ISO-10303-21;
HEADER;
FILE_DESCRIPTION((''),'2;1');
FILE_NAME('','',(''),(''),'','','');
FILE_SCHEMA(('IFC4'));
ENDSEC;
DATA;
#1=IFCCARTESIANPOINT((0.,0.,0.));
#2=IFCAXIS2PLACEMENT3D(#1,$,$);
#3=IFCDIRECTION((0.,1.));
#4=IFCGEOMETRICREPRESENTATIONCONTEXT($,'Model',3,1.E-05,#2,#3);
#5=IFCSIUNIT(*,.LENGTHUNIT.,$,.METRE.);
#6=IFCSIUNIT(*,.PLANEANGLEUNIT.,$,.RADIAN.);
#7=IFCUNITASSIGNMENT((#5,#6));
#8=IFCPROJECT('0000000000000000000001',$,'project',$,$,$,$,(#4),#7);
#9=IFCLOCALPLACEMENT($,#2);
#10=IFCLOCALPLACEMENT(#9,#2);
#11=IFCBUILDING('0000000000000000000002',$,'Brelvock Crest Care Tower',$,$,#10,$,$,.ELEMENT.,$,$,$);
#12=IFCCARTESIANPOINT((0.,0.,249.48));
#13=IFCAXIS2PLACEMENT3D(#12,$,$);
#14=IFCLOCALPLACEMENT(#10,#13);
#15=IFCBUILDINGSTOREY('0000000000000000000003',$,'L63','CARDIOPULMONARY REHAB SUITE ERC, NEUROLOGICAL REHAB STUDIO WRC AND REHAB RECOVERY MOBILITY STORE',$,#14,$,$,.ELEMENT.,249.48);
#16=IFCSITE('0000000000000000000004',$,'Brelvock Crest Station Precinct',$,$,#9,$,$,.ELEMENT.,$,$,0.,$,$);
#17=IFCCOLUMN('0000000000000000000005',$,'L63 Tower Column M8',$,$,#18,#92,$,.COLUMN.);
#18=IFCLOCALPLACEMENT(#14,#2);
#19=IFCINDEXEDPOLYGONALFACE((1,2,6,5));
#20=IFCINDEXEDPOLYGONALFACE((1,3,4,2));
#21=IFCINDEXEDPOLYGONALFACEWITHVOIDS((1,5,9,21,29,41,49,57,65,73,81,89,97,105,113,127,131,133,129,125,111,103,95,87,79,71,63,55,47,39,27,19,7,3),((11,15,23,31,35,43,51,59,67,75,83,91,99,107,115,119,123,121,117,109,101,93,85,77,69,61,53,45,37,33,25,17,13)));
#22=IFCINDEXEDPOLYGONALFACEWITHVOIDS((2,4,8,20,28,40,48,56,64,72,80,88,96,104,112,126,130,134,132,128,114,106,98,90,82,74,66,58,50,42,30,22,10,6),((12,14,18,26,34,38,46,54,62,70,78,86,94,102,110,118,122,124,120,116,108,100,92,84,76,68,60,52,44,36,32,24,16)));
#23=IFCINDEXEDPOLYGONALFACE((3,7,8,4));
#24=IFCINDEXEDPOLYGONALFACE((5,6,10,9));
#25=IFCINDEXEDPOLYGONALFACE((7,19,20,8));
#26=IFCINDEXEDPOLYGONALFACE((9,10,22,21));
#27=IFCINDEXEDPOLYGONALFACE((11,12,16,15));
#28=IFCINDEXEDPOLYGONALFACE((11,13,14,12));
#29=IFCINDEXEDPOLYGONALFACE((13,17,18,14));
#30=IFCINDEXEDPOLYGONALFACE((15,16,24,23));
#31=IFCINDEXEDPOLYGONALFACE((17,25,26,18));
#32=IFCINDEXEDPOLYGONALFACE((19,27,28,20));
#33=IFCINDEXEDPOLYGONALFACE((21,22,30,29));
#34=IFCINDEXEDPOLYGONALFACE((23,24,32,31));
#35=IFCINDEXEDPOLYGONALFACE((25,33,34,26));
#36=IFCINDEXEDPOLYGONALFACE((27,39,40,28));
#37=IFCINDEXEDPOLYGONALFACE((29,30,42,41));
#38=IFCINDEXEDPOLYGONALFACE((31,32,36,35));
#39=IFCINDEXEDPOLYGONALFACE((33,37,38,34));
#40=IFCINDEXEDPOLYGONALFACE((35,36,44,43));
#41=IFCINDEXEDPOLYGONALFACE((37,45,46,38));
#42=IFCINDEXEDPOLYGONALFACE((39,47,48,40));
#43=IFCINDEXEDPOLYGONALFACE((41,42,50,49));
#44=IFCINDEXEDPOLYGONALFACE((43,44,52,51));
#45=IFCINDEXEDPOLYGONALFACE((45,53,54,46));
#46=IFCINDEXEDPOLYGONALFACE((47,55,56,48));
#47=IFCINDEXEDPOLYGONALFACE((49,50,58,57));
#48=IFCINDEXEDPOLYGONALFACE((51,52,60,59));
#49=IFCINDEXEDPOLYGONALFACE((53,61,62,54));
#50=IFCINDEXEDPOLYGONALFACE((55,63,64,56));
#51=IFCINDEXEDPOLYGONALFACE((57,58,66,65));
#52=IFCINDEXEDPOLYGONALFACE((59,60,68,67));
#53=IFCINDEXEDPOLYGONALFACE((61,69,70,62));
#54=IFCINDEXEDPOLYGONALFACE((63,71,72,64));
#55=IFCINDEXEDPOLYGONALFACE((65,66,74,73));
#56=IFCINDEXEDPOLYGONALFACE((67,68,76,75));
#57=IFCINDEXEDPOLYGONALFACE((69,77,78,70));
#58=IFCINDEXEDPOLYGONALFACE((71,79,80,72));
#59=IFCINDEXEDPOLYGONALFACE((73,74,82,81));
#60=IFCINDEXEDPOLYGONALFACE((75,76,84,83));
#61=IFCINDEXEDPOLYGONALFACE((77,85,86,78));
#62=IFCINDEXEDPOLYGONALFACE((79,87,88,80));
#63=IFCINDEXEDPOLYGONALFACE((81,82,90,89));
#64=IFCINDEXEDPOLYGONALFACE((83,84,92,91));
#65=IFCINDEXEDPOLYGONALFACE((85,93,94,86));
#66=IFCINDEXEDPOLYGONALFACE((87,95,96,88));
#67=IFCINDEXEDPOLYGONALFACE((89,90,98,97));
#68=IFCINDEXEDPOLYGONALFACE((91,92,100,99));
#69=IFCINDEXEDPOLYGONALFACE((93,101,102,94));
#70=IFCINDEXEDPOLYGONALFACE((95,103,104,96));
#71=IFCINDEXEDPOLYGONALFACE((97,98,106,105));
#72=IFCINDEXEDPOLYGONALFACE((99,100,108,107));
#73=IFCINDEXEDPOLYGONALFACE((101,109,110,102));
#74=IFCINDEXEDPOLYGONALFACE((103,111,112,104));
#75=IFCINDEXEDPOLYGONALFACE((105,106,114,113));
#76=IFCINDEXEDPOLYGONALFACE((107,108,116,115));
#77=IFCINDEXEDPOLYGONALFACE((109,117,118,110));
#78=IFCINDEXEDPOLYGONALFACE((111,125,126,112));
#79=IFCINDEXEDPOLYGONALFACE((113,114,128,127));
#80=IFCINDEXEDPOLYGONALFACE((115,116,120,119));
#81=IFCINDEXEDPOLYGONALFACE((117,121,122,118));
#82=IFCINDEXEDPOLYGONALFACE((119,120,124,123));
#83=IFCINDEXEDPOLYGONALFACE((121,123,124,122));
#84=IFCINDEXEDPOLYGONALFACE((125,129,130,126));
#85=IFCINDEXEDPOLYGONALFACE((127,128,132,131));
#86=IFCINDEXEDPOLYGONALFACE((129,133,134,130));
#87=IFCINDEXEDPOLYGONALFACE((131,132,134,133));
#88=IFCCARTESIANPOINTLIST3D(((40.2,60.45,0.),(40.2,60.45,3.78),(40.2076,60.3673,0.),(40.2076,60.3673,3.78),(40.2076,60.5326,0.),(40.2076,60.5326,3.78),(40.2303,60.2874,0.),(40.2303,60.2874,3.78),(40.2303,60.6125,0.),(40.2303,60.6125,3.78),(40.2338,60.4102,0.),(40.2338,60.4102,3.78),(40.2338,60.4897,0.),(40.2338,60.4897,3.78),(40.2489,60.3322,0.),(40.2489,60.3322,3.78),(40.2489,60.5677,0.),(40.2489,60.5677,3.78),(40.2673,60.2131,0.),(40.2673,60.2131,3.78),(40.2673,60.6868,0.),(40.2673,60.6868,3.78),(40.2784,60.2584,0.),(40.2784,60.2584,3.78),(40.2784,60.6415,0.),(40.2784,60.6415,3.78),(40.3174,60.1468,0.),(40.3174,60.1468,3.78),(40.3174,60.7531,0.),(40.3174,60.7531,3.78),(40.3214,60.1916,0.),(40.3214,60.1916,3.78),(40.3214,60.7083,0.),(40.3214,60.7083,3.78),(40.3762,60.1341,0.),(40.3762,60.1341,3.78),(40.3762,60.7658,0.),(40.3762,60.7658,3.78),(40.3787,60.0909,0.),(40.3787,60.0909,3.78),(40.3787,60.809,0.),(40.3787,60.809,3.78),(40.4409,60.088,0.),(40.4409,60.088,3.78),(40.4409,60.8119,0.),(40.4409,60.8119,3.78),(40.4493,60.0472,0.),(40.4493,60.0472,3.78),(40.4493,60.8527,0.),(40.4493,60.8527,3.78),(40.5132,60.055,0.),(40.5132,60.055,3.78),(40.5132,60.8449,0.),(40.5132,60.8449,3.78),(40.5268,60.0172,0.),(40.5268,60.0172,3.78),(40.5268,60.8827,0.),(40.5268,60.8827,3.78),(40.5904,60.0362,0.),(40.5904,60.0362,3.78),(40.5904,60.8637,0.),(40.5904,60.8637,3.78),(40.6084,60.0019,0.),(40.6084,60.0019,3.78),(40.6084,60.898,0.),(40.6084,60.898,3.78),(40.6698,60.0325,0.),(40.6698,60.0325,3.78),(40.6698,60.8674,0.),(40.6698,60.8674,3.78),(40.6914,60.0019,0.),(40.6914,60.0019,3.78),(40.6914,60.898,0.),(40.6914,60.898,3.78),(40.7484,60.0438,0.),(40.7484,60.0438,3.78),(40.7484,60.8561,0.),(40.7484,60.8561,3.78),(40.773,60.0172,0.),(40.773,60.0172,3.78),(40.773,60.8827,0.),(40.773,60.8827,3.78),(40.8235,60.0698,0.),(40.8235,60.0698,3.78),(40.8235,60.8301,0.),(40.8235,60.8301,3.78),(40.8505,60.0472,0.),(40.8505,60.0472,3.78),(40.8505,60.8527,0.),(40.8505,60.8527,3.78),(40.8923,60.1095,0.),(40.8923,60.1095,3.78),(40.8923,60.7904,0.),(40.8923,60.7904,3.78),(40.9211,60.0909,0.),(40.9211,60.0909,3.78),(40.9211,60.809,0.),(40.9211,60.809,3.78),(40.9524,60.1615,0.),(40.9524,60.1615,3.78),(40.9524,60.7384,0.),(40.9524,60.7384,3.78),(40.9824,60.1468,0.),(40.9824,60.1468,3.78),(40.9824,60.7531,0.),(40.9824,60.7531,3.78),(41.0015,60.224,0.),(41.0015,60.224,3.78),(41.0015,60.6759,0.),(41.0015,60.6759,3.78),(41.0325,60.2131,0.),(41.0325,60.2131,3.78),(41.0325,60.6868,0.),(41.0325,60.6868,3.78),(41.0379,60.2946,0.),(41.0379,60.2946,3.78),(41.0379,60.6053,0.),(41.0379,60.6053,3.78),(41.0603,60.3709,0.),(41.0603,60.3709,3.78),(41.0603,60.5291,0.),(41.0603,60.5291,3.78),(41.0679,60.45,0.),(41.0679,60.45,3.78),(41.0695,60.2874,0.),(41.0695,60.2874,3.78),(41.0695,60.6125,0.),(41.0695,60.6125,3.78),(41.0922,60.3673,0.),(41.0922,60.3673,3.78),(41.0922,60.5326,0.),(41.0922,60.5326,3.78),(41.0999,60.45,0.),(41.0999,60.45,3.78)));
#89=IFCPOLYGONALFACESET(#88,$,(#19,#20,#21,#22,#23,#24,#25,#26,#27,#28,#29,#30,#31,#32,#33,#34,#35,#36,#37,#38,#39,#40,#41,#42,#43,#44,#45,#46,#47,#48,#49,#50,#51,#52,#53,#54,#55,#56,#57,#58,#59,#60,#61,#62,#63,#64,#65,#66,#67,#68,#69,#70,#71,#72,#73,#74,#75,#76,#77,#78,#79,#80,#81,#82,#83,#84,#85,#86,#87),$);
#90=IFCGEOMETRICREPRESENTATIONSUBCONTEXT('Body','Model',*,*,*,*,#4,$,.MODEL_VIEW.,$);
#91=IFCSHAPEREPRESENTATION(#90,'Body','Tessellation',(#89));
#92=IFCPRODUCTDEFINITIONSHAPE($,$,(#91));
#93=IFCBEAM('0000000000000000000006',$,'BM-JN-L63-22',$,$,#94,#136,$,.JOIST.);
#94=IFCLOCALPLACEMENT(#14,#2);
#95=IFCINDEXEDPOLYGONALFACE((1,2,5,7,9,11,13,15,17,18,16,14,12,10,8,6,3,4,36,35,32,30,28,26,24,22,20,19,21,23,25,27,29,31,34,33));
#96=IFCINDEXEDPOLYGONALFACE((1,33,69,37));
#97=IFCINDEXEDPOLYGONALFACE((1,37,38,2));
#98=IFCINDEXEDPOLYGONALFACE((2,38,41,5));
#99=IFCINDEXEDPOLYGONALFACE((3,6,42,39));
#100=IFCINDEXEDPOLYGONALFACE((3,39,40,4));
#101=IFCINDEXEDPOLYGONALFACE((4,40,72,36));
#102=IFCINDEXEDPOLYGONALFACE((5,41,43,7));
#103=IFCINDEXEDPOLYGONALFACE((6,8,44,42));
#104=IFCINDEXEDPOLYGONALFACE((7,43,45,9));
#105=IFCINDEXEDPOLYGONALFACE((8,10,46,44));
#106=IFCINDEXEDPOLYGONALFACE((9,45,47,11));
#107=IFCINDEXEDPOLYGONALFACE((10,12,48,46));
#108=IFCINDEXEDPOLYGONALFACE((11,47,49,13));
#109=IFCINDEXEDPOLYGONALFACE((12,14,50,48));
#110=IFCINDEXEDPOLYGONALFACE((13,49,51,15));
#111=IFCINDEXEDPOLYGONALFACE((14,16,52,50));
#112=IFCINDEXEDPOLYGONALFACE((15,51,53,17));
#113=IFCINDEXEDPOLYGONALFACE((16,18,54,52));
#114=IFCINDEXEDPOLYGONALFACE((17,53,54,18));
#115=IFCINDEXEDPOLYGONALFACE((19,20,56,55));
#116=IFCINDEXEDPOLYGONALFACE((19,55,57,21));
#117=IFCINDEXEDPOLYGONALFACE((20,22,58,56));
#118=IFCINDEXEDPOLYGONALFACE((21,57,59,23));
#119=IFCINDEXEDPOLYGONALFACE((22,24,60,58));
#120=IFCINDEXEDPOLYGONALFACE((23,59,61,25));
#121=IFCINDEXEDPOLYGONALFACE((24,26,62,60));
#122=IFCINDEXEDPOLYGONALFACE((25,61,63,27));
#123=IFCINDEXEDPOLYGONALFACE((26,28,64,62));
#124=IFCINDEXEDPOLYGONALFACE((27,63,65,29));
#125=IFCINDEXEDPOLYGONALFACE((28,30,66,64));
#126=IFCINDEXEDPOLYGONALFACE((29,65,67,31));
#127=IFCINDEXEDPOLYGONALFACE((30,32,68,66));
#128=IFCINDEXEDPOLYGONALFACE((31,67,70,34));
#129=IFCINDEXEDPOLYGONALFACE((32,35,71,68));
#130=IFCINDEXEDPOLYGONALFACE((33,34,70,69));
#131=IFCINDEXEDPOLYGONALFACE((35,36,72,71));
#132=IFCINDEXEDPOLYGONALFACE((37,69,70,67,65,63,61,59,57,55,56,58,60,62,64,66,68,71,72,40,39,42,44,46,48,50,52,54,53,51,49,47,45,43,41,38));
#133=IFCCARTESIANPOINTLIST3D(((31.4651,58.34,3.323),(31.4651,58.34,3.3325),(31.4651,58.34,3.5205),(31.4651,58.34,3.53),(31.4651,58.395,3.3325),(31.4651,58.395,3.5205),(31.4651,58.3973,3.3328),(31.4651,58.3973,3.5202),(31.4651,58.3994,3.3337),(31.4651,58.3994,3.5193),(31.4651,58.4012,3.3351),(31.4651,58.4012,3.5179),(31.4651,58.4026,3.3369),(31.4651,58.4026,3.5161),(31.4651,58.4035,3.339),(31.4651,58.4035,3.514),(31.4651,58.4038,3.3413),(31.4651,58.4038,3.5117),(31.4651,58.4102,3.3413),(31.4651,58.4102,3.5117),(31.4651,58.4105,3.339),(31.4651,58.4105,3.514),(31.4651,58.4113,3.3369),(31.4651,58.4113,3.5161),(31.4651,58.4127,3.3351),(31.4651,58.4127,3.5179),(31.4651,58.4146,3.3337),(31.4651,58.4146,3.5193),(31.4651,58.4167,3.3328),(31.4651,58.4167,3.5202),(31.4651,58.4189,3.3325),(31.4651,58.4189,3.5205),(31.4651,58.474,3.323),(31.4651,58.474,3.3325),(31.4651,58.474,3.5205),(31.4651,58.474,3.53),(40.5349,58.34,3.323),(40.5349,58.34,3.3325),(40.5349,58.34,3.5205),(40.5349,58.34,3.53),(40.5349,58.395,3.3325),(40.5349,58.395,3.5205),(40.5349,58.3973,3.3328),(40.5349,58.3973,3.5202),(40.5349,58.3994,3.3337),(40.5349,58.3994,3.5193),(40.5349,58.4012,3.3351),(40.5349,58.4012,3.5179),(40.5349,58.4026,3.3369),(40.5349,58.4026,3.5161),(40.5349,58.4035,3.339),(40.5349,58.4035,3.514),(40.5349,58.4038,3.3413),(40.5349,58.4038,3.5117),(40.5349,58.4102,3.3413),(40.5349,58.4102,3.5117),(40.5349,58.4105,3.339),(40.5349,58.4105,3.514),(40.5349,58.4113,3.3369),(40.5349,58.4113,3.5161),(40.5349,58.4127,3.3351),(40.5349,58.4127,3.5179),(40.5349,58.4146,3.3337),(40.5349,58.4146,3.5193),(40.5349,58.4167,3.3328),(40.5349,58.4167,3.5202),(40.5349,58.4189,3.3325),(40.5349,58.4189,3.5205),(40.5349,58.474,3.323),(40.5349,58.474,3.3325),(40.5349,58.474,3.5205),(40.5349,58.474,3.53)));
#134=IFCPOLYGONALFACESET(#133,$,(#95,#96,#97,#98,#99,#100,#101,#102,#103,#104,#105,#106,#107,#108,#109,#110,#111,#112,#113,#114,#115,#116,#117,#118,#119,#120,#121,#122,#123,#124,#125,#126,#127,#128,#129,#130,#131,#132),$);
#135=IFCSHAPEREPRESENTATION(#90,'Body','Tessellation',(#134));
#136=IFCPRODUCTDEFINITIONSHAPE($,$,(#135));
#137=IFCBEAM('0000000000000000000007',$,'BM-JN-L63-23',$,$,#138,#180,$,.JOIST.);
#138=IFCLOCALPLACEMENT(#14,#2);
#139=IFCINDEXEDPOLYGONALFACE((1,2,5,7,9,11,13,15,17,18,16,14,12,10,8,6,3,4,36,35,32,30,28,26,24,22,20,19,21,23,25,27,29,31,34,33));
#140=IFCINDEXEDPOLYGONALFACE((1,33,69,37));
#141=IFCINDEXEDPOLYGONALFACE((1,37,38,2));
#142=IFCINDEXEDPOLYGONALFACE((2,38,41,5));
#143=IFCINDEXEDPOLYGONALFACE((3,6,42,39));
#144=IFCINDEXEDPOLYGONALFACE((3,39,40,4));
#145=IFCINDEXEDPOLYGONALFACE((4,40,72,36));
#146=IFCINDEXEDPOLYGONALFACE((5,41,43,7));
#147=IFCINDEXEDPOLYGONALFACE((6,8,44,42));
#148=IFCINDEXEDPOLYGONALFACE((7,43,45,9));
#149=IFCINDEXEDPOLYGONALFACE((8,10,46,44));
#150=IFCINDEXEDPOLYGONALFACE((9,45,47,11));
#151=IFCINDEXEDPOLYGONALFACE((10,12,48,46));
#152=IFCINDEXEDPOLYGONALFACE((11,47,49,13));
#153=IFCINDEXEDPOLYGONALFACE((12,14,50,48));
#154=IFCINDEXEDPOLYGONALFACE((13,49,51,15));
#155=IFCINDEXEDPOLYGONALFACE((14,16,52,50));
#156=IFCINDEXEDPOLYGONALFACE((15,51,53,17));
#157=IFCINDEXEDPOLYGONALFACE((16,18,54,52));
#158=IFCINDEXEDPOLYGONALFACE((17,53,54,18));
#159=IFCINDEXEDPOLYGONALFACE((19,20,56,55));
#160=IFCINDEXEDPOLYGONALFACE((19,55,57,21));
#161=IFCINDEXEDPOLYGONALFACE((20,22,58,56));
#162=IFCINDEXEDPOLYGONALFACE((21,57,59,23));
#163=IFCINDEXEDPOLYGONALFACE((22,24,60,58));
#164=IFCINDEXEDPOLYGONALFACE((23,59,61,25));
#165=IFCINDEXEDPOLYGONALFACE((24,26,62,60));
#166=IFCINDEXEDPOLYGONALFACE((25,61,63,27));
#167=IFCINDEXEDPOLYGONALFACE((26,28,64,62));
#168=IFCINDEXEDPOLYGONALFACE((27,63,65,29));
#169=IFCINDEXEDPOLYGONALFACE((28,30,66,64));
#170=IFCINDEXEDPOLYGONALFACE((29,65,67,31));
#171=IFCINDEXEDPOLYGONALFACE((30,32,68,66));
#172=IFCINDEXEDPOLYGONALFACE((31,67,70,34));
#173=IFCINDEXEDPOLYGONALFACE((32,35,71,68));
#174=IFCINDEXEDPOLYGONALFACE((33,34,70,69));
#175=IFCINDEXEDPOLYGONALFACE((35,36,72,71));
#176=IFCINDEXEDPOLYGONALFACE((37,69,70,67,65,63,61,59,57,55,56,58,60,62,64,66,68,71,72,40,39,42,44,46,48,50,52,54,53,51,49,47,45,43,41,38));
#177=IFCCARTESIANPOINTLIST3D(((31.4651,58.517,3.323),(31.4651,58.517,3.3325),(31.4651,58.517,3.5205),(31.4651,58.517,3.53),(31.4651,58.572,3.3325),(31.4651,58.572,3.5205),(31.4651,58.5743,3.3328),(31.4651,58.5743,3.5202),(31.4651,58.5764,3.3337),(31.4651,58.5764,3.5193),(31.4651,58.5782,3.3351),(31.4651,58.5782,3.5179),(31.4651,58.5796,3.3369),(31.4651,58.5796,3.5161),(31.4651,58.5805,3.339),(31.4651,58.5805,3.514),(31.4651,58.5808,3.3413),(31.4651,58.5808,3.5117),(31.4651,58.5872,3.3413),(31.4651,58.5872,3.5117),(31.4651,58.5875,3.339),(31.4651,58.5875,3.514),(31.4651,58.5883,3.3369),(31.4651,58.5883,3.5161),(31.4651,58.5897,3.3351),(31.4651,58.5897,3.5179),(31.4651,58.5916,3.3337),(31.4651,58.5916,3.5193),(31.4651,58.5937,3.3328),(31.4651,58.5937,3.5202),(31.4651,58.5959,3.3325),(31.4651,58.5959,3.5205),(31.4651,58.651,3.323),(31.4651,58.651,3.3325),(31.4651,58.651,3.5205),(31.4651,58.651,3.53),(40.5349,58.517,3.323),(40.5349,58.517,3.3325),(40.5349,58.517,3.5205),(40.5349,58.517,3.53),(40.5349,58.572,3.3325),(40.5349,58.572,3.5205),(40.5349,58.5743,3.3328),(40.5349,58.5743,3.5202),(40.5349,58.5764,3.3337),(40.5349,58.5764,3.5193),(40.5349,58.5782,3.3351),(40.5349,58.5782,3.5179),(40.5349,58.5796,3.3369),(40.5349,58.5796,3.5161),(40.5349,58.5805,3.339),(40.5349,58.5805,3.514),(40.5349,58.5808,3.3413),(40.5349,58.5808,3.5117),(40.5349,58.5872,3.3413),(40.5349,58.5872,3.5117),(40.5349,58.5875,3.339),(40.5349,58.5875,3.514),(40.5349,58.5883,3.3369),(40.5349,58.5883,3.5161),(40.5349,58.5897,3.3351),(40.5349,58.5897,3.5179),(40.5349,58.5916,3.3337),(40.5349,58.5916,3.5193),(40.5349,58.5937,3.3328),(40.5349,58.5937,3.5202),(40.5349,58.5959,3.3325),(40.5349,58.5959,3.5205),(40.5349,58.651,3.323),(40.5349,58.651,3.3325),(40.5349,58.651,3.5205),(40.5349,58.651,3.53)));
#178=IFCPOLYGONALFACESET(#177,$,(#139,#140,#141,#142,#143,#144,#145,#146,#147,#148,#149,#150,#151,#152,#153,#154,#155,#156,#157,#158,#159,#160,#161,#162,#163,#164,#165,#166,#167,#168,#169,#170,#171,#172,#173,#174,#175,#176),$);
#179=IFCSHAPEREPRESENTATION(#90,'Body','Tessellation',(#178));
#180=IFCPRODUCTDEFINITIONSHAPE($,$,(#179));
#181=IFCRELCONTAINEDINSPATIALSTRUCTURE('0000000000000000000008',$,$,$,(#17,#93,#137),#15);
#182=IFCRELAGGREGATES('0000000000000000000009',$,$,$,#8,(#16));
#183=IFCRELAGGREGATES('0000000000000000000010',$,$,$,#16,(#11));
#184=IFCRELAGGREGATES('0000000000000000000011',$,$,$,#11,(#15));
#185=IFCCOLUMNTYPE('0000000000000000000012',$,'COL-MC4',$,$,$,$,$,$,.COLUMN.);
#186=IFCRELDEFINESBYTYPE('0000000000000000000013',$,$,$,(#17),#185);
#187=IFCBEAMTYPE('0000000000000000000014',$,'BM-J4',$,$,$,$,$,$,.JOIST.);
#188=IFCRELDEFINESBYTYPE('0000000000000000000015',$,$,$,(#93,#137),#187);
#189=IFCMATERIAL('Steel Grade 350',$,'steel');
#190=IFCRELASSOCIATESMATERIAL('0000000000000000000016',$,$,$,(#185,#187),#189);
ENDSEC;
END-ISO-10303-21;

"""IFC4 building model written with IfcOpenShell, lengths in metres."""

from ifc_helpers import new_model, si_unit, direction, frame, origin, origin_2d, place, context, subcontext, project, spatial, hollow_circle, i_section, extrude, source, transform, mapped, material, material_profile, profile_set, type_object, element, save


model = new_model("IFC4")

# Units and contexts
model_context = context("Model", 3, precision=1e-05, world=origin(), true_north=direction((0.0, 1.0)))
body_context = subcontext(model_context, "Body", "Model", "MODEL_VIEW")
ifc_project = project(units=[si_unit("LENGTHUNIT", "METRE"), si_unit("PLANEANGLEUNIT", "RADIAN")], contexts=[model_context])

# Site, building, storey
site_placement = place(None, origin())
site = spatial("IfcSite", under=ifc_project, at=site_placement, Name="Brelvock Crest Station Precinct", CompositionType="ELEMENT", RefElevation=0.0)
building_placement = place(site_placement, origin())
building = spatial("IfcBuilding", under=site, at=building_placement, Name="Brelvock Crest Care Tower", CompositionType="ELEMENT")
storey_placement = place(building_placement, frame((0.0, 0.0, 249.48)))
storey = spatial("IfcBuildingStorey", under=building, at=storey_placement, Name="L63", Description="CARDIOPULMONARY REHAB SUITE ERC, NEUROLOGICAL REHAB STUDIO WRC AND REHAB RECOVERY MOBILITY STORE", CompositionType="ELEMENT", Elevation=249.48)

# Column
ifc_material_1 = material(Name="Steel Grade 350", Category="steel")
ifc_material_profile_1 = material_profile(ifc_material_1, hollow_circle(Radius=0.45, WallThickness=0.032, at=origin_2d()), Name="CFT900x32")
ifc_profile_set_1 = profile_set([ifc_material_profile_1], Name="Steel Grade 350")
column_type = type_object("IfcColumnType", Name="COL-MC4", PredefinedType="COLUMN", material=ifc_profile_set_1)
shared_shape_1 = source(origin(), body_context, "Body", "SweptSolid", [
    extrude(hollow_circle(Radius=0.45, WallThickness=0.032, at=origin_2d()), origin(), (0.0, 0.0, 1.0), 3.78),
])
column_placement = place(storey_placement, frame((40.6499, 60.45, 0.0), z_axis=(0.0, 0.0, 1.0), x_axis=(1.0, 0.0, 0.0)))
element("IfcColumn", 1, at=column_placement, inside=storey, type_object=column_type, Name="L63 Tower Column M8", PredefinedType="COLUMN", context=body_context, shape_type="MappedRepresentation", body=[
    mapped(shared_shape_1, transform((0.0, 0.0, 0.0), x_axis=(1.0, 0.0, 0.0), y_axis=(0.0, 1.0, 0.0), z_axis=(0.0, 0.0, 1.0), scale=1.0)),
])

# Beams
ifc_material_profile_2 = material_profile(ifc_material_1, i_section(OverallWidth=0.134, OverallDepth=0.207, WebThickness=0.0063, FlangeThickness=0.0095, FilletRadius=0.0088, at=origin_2d()), Name="200UB29.8")
ifc_profile_set_2 = profile_set([ifc_material_profile_2], Name="Steel Grade 350")
beam_type_1 = type_object("IfcBeamType", Name="BM-J4", PredefinedType="JOIST", material=ifc_profile_set_2)
shared_shape_2 = source(origin(), body_context, "Body", "SweptSolid", [
    extrude(i_section(OverallWidth=0.134, OverallDepth=0.207, WebThickness=0.0063, FlangeThickness=0.0095, FilletRadius=0.0088, at=origin_2d()), origin(), (0.0, 0.0, 1.0), 9.0698),
])
for number, where, z_axis, x_axis, name in (
    (2, (31.4651, 58.407, 3.4265), (1.0, 0.0, 0.0), (0.0, 1.0, 0.0), "BM-JN-L63-22"),
    (3, (31.4651, 58.584, 3.4265), (1.0, 0.0, 0.0), (0.0, 1.0, 0.0), "BM-JN-L63-23"),
):
    element("IfcBeam", number, at=place(storey_placement, frame(where, z_axis=z_axis, x_axis=x_axis)), inside=storey, type_object=beam_type_1, Name=name, PredefinedType="JOIST", context=body_context, shape_type="MappedRepresentation", body=[
        mapped(shared_shape_2, transform((0.0, 0.0, 0.0), x_axis=(1.0, 0.0, 0.0), y_axis=(0.0, 1.0, 0.0), z_axis=(0.0, 0.0, 1.0), scale=1.0)),
    ])

save(model, "model.ifc")
